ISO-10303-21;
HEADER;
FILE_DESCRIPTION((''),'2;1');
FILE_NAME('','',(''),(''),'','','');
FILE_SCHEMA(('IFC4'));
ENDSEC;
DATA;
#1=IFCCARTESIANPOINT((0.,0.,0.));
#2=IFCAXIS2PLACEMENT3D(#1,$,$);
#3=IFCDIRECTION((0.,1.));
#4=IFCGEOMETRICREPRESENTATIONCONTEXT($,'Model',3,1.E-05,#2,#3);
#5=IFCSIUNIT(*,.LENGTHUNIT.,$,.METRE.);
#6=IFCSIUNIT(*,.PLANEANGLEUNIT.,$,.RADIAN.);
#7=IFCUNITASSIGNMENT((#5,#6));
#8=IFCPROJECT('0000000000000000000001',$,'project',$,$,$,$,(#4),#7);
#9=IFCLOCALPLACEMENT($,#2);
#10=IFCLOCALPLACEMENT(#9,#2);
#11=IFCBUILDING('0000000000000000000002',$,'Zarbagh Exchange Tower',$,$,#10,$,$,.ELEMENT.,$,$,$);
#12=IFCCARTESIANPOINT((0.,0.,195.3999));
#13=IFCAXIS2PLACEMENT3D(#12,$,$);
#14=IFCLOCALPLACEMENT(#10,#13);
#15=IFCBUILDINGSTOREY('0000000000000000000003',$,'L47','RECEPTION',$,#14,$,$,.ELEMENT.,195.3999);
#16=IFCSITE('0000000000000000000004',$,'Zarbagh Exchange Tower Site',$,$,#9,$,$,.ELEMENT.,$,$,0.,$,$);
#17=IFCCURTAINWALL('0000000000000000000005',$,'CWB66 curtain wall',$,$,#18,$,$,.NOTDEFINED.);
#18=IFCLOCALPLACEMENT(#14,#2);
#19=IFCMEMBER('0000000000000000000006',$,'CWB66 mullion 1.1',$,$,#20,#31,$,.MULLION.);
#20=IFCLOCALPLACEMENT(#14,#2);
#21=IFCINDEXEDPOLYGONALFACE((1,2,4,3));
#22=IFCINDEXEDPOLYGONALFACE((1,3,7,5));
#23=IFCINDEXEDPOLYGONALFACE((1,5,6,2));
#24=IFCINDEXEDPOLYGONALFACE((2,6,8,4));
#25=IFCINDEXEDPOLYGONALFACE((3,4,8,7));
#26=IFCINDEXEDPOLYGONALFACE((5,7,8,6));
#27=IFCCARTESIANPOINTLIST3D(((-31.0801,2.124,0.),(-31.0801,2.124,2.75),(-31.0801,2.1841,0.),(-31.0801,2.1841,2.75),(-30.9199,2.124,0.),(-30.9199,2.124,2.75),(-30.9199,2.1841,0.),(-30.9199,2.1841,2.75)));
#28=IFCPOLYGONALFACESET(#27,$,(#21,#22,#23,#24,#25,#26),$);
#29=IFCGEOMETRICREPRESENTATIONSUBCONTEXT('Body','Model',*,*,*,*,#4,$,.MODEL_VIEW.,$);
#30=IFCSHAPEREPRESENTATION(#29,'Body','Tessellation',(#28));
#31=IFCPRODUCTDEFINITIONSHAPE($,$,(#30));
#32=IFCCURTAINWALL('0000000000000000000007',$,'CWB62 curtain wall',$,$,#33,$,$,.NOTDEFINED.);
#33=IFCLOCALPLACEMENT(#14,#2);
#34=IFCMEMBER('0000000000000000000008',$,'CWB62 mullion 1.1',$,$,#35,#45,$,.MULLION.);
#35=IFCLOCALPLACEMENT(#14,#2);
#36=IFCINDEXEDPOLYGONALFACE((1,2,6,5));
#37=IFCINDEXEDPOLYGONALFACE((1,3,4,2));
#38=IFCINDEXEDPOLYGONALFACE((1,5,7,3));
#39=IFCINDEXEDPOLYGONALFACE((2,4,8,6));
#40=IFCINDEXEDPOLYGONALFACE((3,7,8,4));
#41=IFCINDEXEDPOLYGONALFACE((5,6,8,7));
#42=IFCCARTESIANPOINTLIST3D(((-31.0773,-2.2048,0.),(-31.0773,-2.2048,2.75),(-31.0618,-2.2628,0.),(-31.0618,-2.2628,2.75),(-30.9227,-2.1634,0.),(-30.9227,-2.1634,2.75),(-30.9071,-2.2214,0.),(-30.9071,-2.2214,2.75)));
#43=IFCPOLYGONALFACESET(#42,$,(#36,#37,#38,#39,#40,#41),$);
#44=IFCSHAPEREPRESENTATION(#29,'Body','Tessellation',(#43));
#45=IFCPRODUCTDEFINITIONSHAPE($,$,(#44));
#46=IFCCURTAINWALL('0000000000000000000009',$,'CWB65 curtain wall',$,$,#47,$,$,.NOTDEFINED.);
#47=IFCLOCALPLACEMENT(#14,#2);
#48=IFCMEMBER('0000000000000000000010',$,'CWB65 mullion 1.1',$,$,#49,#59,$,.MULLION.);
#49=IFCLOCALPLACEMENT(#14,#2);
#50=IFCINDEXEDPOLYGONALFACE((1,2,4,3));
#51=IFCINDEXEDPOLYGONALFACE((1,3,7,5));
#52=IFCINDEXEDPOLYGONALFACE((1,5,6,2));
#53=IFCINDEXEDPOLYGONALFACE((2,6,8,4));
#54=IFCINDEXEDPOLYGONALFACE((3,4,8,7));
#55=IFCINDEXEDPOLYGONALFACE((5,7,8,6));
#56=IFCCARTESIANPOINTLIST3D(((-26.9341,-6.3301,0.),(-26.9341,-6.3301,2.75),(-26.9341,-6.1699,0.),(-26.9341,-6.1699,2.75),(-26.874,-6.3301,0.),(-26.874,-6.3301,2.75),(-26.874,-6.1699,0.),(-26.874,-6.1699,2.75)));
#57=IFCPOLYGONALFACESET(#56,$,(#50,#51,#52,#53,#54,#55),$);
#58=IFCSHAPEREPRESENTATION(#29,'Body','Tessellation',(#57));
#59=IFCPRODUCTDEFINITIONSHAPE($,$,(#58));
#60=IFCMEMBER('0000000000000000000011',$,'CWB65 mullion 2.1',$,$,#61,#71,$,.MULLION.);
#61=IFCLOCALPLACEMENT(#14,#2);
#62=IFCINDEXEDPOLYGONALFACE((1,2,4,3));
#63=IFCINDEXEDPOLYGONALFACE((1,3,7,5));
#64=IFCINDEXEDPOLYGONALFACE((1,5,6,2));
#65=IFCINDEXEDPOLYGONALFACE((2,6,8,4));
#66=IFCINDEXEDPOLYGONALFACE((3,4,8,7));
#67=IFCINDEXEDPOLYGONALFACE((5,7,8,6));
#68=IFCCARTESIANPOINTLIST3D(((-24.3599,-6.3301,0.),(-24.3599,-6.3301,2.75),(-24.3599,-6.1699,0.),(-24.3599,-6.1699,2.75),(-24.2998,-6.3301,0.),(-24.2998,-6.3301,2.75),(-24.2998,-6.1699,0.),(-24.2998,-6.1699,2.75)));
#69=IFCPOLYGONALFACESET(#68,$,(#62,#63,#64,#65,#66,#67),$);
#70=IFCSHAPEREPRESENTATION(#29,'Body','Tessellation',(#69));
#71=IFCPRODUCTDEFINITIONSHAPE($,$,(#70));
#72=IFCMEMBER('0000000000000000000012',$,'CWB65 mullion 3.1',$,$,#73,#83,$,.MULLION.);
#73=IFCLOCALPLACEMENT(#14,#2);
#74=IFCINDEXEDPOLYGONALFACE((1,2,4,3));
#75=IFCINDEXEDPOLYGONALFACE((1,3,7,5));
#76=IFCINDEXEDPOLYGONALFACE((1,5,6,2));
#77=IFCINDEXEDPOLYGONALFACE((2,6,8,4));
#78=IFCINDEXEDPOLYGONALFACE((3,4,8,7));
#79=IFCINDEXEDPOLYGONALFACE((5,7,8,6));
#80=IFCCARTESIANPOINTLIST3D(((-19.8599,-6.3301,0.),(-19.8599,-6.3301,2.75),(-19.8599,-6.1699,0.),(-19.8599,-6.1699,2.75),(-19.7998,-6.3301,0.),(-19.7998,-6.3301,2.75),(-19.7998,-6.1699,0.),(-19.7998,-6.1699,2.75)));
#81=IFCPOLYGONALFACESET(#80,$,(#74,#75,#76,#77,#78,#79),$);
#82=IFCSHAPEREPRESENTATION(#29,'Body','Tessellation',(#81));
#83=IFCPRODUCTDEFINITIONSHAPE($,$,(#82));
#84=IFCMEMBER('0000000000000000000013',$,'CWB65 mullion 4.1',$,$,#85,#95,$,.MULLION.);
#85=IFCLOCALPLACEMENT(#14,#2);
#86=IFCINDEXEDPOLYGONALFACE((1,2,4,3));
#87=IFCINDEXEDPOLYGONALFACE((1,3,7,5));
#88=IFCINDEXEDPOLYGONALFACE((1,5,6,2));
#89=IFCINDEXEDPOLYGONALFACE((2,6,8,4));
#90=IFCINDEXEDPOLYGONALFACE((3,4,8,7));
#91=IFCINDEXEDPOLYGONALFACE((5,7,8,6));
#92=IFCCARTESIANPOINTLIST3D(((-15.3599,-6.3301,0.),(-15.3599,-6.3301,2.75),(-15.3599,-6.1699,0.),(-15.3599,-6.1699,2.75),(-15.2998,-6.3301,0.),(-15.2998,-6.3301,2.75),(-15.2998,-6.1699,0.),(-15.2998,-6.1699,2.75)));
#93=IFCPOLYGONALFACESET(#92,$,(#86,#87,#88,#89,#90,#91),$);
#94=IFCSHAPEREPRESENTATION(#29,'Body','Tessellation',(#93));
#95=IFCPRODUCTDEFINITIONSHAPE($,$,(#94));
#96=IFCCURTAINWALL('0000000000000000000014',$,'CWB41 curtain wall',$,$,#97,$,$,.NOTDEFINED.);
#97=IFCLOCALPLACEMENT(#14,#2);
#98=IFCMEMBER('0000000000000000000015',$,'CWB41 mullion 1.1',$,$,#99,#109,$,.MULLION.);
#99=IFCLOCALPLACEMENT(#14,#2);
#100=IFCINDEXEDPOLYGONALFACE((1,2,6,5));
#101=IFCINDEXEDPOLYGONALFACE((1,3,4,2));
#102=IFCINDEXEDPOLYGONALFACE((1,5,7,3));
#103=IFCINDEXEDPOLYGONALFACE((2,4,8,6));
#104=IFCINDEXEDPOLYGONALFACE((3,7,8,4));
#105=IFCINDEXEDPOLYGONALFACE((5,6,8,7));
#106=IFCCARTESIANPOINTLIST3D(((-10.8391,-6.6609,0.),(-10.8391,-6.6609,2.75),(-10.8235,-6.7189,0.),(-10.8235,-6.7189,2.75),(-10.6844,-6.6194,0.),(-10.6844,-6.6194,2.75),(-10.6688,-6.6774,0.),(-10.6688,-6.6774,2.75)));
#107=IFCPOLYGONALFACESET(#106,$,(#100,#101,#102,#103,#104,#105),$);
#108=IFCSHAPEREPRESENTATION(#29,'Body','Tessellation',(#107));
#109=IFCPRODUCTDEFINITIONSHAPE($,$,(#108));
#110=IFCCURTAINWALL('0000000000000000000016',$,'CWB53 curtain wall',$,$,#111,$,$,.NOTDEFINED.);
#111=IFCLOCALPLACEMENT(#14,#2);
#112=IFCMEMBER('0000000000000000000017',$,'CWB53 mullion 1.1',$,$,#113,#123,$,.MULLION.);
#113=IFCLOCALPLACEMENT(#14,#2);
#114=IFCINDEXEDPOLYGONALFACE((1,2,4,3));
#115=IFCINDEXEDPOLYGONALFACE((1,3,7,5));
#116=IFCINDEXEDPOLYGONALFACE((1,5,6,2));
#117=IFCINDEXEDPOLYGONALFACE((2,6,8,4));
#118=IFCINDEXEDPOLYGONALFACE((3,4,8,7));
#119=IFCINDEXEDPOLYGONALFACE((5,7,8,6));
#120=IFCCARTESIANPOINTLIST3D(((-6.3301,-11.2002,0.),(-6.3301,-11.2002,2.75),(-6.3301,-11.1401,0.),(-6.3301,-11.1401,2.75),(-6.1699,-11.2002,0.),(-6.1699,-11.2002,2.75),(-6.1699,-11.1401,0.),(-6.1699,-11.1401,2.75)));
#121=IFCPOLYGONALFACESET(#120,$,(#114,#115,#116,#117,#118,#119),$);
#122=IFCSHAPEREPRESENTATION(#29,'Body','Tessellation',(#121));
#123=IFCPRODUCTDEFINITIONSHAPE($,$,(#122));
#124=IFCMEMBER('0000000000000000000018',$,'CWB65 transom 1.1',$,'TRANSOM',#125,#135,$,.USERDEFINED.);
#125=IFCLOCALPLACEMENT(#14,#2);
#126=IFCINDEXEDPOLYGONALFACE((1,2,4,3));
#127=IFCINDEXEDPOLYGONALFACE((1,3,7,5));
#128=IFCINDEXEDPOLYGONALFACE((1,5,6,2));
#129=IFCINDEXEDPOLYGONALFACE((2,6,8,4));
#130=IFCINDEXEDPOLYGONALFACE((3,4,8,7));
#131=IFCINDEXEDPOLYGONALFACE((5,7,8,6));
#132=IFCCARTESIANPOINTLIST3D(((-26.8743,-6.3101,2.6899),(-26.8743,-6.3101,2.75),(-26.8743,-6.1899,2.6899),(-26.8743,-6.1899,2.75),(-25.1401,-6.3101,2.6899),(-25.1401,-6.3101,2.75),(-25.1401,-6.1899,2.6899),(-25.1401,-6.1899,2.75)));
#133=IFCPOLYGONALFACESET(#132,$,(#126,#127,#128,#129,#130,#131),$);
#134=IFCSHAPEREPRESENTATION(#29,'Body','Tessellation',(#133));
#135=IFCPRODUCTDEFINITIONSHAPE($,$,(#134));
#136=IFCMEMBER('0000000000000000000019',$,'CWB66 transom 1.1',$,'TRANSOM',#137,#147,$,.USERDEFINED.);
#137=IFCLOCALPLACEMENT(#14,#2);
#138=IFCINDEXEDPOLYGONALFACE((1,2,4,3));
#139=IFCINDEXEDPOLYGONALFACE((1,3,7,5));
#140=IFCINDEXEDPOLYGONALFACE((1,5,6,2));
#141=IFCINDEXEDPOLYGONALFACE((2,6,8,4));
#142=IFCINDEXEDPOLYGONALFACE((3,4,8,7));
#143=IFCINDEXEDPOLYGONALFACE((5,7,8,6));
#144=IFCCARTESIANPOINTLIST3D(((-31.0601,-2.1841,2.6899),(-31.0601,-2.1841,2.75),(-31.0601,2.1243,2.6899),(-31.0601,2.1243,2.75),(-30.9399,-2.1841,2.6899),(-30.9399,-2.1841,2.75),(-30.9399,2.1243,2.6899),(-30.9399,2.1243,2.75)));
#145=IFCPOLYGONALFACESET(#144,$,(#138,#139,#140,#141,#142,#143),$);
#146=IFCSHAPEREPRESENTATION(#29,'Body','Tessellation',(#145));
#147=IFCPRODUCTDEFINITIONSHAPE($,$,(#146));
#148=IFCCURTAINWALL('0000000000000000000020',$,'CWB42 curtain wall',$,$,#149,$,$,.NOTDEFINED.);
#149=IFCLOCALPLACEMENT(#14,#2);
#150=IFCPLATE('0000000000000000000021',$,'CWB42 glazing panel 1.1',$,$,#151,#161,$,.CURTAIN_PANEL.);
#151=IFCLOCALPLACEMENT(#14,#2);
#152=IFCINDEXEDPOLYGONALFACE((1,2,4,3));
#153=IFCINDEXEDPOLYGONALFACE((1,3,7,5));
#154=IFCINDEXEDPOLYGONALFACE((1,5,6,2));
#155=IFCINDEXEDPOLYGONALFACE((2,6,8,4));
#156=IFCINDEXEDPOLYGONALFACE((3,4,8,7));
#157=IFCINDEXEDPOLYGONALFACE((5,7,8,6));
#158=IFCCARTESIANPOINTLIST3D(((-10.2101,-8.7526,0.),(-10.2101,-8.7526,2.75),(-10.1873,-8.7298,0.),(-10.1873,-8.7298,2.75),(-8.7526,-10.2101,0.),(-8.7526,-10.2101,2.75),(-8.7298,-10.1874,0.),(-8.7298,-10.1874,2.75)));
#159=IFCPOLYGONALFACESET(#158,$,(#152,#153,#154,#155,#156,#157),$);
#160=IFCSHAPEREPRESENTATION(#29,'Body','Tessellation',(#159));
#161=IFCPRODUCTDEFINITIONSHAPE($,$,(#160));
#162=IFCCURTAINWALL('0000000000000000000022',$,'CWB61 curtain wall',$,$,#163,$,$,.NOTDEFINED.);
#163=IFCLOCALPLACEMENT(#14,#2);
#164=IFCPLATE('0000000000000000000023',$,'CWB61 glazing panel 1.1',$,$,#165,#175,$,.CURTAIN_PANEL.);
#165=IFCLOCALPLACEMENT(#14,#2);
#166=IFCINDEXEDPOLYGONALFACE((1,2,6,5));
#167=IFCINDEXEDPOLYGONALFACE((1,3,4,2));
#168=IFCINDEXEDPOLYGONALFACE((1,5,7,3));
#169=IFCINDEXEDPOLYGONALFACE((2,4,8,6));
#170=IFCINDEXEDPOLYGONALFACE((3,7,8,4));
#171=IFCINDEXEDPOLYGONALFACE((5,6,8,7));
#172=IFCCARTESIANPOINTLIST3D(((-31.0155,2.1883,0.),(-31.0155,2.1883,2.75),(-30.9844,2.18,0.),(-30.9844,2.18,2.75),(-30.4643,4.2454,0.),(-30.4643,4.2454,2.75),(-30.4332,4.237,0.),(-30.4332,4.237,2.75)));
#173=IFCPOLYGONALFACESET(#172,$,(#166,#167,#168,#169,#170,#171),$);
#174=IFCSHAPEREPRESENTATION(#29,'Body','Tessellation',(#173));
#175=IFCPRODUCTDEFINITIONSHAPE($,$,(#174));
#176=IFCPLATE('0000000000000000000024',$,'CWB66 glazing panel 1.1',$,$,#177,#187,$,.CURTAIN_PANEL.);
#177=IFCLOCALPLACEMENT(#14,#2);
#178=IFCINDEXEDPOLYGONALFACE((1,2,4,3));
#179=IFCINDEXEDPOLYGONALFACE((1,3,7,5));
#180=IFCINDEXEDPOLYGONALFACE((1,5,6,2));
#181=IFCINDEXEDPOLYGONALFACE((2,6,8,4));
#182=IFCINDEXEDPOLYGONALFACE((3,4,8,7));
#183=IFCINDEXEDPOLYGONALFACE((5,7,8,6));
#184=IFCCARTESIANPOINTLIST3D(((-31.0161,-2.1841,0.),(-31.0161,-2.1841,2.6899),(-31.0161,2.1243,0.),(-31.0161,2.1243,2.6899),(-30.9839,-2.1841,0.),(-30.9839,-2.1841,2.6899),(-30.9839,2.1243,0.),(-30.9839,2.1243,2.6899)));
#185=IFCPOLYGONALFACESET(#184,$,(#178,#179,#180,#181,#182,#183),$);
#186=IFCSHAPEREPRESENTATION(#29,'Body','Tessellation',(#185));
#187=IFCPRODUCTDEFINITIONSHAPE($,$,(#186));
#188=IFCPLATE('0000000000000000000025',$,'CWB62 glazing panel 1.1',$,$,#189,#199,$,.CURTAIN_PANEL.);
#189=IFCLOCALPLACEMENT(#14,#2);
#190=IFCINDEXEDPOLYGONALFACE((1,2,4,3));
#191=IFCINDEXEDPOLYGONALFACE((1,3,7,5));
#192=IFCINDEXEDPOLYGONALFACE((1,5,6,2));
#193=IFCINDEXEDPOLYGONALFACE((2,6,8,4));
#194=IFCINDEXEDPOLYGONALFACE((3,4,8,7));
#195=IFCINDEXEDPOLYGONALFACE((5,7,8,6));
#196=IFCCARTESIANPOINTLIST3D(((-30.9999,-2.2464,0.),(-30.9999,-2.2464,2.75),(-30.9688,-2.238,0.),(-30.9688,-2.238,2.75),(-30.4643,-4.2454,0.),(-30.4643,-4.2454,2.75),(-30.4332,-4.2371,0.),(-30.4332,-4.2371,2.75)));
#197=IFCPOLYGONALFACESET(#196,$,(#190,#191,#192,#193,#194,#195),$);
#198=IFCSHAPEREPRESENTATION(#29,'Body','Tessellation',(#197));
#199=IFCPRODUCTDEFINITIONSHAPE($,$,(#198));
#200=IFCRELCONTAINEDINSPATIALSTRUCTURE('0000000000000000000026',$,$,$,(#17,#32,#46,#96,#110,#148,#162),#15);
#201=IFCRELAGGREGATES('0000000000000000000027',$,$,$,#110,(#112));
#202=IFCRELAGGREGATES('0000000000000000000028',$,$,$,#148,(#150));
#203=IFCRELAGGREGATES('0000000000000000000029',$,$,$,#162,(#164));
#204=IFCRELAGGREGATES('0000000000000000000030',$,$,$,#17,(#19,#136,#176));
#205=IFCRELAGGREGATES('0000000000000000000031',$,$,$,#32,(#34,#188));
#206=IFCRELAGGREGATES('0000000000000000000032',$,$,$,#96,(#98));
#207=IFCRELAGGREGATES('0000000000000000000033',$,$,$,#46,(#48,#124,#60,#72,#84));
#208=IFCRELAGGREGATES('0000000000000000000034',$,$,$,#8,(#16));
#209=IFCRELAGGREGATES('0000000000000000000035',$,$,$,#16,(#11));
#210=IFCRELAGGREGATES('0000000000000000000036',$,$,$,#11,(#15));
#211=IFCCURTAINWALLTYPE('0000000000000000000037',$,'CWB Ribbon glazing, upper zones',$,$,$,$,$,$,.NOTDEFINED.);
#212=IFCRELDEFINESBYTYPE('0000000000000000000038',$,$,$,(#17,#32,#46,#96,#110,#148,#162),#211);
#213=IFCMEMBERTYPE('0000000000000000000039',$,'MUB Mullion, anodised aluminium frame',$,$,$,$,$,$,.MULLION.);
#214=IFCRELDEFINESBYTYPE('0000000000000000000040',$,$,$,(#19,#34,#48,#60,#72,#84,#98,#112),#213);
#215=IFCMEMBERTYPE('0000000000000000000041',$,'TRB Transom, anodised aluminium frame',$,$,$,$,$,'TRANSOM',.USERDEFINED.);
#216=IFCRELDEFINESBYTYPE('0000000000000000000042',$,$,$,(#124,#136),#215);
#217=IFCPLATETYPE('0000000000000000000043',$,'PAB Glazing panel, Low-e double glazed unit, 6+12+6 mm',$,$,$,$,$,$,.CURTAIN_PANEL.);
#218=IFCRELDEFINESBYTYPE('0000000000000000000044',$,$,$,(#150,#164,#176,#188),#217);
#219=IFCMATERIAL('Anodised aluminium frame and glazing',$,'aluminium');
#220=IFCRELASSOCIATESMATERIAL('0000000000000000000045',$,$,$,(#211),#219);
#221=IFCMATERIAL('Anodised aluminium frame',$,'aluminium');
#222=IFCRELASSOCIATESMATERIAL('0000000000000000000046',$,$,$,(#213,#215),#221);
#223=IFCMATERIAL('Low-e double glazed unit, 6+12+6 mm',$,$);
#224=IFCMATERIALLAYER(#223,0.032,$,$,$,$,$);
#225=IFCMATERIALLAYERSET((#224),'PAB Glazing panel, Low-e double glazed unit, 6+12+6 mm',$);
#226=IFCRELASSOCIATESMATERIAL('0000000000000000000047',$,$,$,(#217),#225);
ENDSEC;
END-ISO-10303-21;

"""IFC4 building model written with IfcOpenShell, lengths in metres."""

from ifc_helpers import new_model, si_unit, direction, frame, origin, place, context, subcontext, project, spatial, polyline, outline, extrude, source, transform, mapped, material, layer, layer_set, type_object, element, aggregate, save


model = new_model("IFC4")

# Units and contexts
model_context = context("Model", 3, precision=1e-05, world=origin(), true_north=direction((0.0, 1.0)))
body_context = subcontext(model_context, "Body", "Model", "MODEL_VIEW")
ifc_project = project(units=[si_unit("LENGTHUNIT", "METRE"), si_unit("PLANEANGLEUNIT", "RADIAN")], contexts=[model_context])

# Site, building, storey
site_placement = place(None, origin())
site = spatial("IfcSite", under=ifc_project, at=site_placement, Name="Zarbagh Exchange Tower Site", CompositionType="ELEMENT", RefElevation=0.0)
building_placement = place(site_placement, origin())
building = spatial("IfcBuilding", under=site, at=building_placement, Name="Zarbagh Exchange Tower", CompositionType="ELEMENT")
storey_placement = place(building_placement, frame((0.0, 0.0, 195.3999)))
storey = spatial("IfcBuildingStorey", under=building, at=storey_placement, Name="L47", Description="RECEPTION", CompositionType="ELEMENT", Elevation=195.3999)

# Curtain walls, members
ifc_material_1 = material(Name="Anodised aluminium frame and glazing", Category="aluminium")
curtain_wall_type = type_object("IfcCurtainWallType", Name="CWB Ribbon glazing, upper zones", PredefinedType="NOTDEFINED", material=ifc_material_1)
curtain_wall_1_placement = place(storey_placement, origin())
curtain_wall_1 = element("IfcCurtainWall", 1, at=curtain_wall_1_placement, inside=storey, type_object=curtain_wall_type, Name="CWB66 curtain wall", PredefinedType="NOTDEFINED")
ifc_material_2 = material(Name="Anodised aluminium frame", Category="aluminium")
member_type_1 = type_object("IfcMemberType", Name="MUB Mullion, anodised aluminium frame", PredefinedType="MULLION", material=ifc_material_2)
shared_shape_1 = source(origin(), body_context, "Body", "SweptSolid", [
    extrude(outline(polyline([(0.0, -0.0801), (0.0601, -0.0801), (0.0601, 0.0801), (0.0, 0.0801), (0.0, -0.0801)])), origin(), (0.0, 0.0, 1.0), 2.75),
])
placement = place(storey_placement, origin())
member_1 = element("IfcMember", 2, at=placement, type_object=member_type_1, Name="CWB66 mullion 1.1", PredefinedType="MULLION", context=body_context, shape_type="MappedRepresentation", body=[
    mapped(shared_shape_1, transform((-31.0, 2.1841, 0.0), x_axis=(0.0, -1.0, 0.0), y_axis=(1.0, 0.0, 0.0), z_axis=(0.0, 0.0, 1.0))),
])
curtain_wall_2_placement = place(storey_placement, origin())
curtain_wall_2 = element("IfcCurtainWall", 3, at=curtain_wall_2_placement, inside=storey, type_object=curtain_wall_type, Name="CWB62 curtain wall", PredefinedType="NOTDEFINED")
member_2 = element("IfcMember", 4, at=placement, type_object=member_type_1, Name="CWB62 mullion 1.1", PredefinedType="MULLION", context=body_context, shape_type="MappedRepresentation", body=[
    mapped(shared_shape_1, transform((-31.0, -2.1841, 0.0), x_axis=(0.258825, -0.965924, 0.0), y_axis=(0.965924, 0.258825, 0.0), z_axis=(0.0, 0.0, 1.0))),
])

# Curtain wall, members
curtain_wall_3_placement = place(storey_placement, origin())
curtain_wall_3 = element("IfcCurtainWall", 5, at=curtain_wall_3_placement, inside=storey, type_object=curtain_wall_type, Name="CWB65 curtain wall", PredefinedType="NOTDEFINED")
member_3 = element("IfcMember", 6, at=placement, type_object=member_type_1, Name="CWB65 mullion 1.1", PredefinedType="MULLION", context=body_context, shape_type="MappedRepresentation", body=[
    mapped(shared_shape_1, transform((-26.9341, -6.25, 0.0), x_axis=(1.0, 0.0, 0.0), y_axis=(0.0, 1.0, 0.0), z_axis=(0.0, 0.0, 1.0))),
])
member_4 = element("IfcMember", 7, at=placement, type_object=member_type_1, Name="CWB65 mullion 2.1", PredefinedType="MULLION", context=body_context, shape_type="MappedRepresentation", body=[
    mapped(shared_shape_1, transform((-24.3599, -6.25, 0.0), x_axis=(1.0, 0.0, 0.0), y_axis=(0.0, 1.0, 0.0), z_axis=(0.0, 0.0, 1.0))),
])
member_5 = element("IfcMember", 8, at=placement, type_object=member_type_1, Name="CWB65 mullion 3.1", PredefinedType="MULLION", context=body_context, shape_type="MappedRepresentation", body=[
    mapped(shared_shape_1, transform((-19.8599, -6.25, 0.0), x_axis=(1.0, 0.0, 0.0), y_axis=(0.0, 1.0, 0.0), z_axis=(0.0, 0.0, 1.0))),
])
member_6 = element("IfcMember", 9, at=placement, type_object=member_type_1, Name="CWB65 mullion 4.1", PredefinedType="MULLION", context=body_context, shape_type="MappedRepresentation", body=[
    mapped(shared_shape_1, transform((-15.3599, -6.25, 0.0), x_axis=(1.0, 0.0, 0.0), y_axis=(0.0, 1.0, 0.0), z_axis=(0.0, 0.0, 1.0))),
])

# Curtain walls, members
curtain_wall_4_placement = place(storey_placement, origin())
curtain_wall_4 = element("IfcCurtainWall", 10, at=curtain_wall_4_placement, inside=storey, type_object=curtain_wall_type, Name="CWB41 curtain wall", PredefinedType="NOTDEFINED")
member_7 = element("IfcMember", 11, at=placement, type_object=member_type_1, Name="CWB41 mullion 1.1", PredefinedType="MULLION", context=body_context, shape_type="MappedRepresentation", body=[
    mapped(shared_shape_1, transform((-10.7617, -6.6401, 0.0), x_axis=(0.258825, -0.965924, 0.0), y_axis=(0.965924, 0.258825, 0.0), z_axis=(0.0, 0.0, 1.0))),
])
curtain_wall_5_placement = place(storey_placement, origin())
curtain_wall_5 = element("IfcCurtainWall", 12, at=curtain_wall_5_placement, inside=storey, type_object=curtain_wall_type, Name="CWB53 curtain wall", PredefinedType="NOTDEFINED")
member_8 = element("IfcMember", 13, at=placement, type_object=member_type_1, Name="CWB53 mullion 1.1", PredefinedType="MULLION", context=body_context, shape_type="MappedRepresentation", body=[
    mapped(shared_shape_1, transform((-6.25, -11.1401, 0.0), x_axis=(0.0, -1.0, 0.0), y_axis=(1.0, 0.0, 0.0), z_axis=(0.0, 0.0, 1.0))),
])
aggregate(curtain_wall_5, [member_8])

# Members
member_type_2 = type_object("IfcMemberType", Name="TRB Transom, anodised aluminium frame", ElementType="TRANSOM", PredefinedType="USERDEFINED", material=ifc_material_2)
shared_shape_2 = source(origin(), body_context, "Body", "SweptSolid", [
    extrude(outline(polyline([(-0.0601, -0.0601), (0.0, -0.0601), (0.0, 0.0601), (-0.0601, 0.0601), (-0.0601, -0.0601)])), origin(), (0.0, 0.0, 1.0), 1.7341),
])
member_9 = element("IfcMember", 14, at=placement, type_object=member_type_2, Name="CWB65 transom 1.1", ObjectType="TRANSOM", PredefinedType="USERDEFINED", context=body_context, shape_type="MappedRepresentation", body=[
    mapped(shared_shape_2, transform((-26.8743, -6.25, 2.75), x_axis=(0.0, 0.0, 1.0), y_axis=(0.0, -1.0, 0.0), z_axis=(1.0, 0.0, 0.0))),
])
shared_shape_3 = source(origin(), body_context, "Body", "SweptSolid", [
    extrude(outline(polyline([(-0.0601, -0.0601), (0.0, -0.0601), (0.0, 0.0601), (-0.0601, 0.0601), (-0.0601, -0.0601)])), origin(), (0.0, 0.0, 1.0), 4.3083),
])
member_10 = element("IfcMember", 15, at=placement, type_object=member_type_2, Name="CWB66 transom 1.1", ObjectType="TRANSOM", PredefinedType="USERDEFINED", context=body_context, shape_type="MappedRepresentation", body=[
    mapped(shared_shape_3, transform((-31.0, 2.1243, 2.75), x_axis=(0.0, 0.0, 1.0), y_axis=(-1.0, 0.0, 0.0), z_axis=(0.0, -1.0, 0.0))),
])

# Curtain walls, plates
curtain_wall_6_placement = place(storey_placement, origin())
curtain_wall_6 = element("IfcCurtainWall", 16, at=curtain_wall_6_placement, inside=storey, type_object=curtain_wall_type, Name="CWB42 curtain wall", PredefinedType="NOTDEFINED")
ifc_material_3 = material(Name="Low-e double glazed unit, 6+12+6 mm")
ifc_layer = layer(ifc_material_3, 0.032)
ifc_layer_set = layer_set([ifc_layer], Name="PAB Glazing panel, Low-e double glazed unit, 6+12+6 mm")
plate_type = type_object("IfcPlateType", Name="PAB Glazing panel, Low-e double glazed unit, 6+12+6 mm", PredefinedType="CURTAIN_PANEL", material=ifc_layer_set)
shared_shape_4 = source(origin(), body_context, "Body", "SweptSolid", [
    extrude(outline(polyline([(0.0, -0.0161), (2.0613, -0.0161), (2.0613, 0.0161), (0.0, 0.0161), (0.0, -0.0161)])), origin(), (0.0, 0.0, 1.0), 2.75),
])
plate_1 = element("IfcPlate", 17, at=placement, type_object=plate_type, Name="CWB42 glazing panel 1.1", PredefinedType="CURTAIN_PANEL", context=body_context, shape_type="MappedRepresentation", body=[
    mapped(shared_shape_4, transform((-10.1987, -8.7412, 0.0), x_axis=(0.707107, -0.707107, 0.0), y_axis=(0.707107, 0.707107, 0.0), z_axis=(0.0, 0.0, 1.0))),
])
aggregate(curtain_wall_6, [plate_1])
curtain_wall_7_placement = place(storey_placement, origin())
curtain_wall_7 = element("IfcCurtainWall", 18, at=curtain_wall_7_placement, inside=storey, type_object=curtain_wall_type, Name="CWB61 curtain wall", PredefinedType="NOTDEFINED")
shared_shape_5 = source(origin(), body_context, "Body", "SweptSolid", [
    extrude(outline(polyline([(0.0, -0.0161), (2.1296, -0.0161), (2.1296, 0.0161), (0.0, 0.0161), (0.0, -0.0161)])), origin(), (0.0, 0.0, 1.0), 2.75),
])
plate_2 = element("IfcPlate", 19, at=placement, type_object=plate_type, Name="CWB61 glazing panel 1.1", PredefinedType="CURTAIN_PANEL", context=body_context, shape_type="MappedRepresentation", body=[
    mapped(shared_shape_5, transform((-30.4487, 4.2412, 0.0), x_axis=(-0.258825, -0.965924, 0.0), y_axis=(0.965924, -0.258825, 0.0), z_axis=(0.0, 0.0, 1.0))),
])
aggregate(curtain_wall_7, [plate_2])

# Plates
shared_shape_6 = source(origin(), body_context, "Body", "SweptSolid", [
    extrude(outline(polyline([(0.0, -0.0161), (4.3083, -0.0161), (4.3083, 0.0161), (0.0, 0.0161), (0.0, -0.0161)])), origin(), (0.0, 0.0, 1.0), 2.6899),
])
plate_3 = element("IfcPlate", 20, at=placement, type_object=plate_type, Name="CWB66 glazing panel 1.1", PredefinedType="CURTAIN_PANEL", context=body_context, shape_type="MappedRepresentation", body=[
    mapped(shared_shape_6, transform((-31.0, 2.1243, 0.0), x_axis=(0.0, -1.0, 0.0), y_axis=(1.0, 0.0, 0.0), z_axis=(0.0, 0.0, 1.0))),
])
aggregate(curtain_wall_1, [member_1, member_10, plate_3])
shared_shape_7 = source(origin(), body_context, "Body", "SweptSolid", [
    extrude(outline(polyline([(0.0, -0.0161), (2.0696, -0.0161), (2.0696, 0.0161), (0.0, 0.0161), (0.0, -0.0161)])), origin(), (0.0, 0.0, 1.0), 2.75),
])
plate_4 = element("IfcPlate", 21, at=placement, type_object=plate_type, Name="CWB62 glazing panel 1.1", PredefinedType="CURTAIN_PANEL", context=body_context, shape_type="MappedRepresentation", body=[
    mapped(shared_shape_7, transform((-30.9844, -2.2422, 0.0), x_axis=(0.258825, -0.965924, 0.0), y_axis=(0.965924, 0.258825, 0.0), z_axis=(0.0, 0.0, 1.0))),
])
aggregate(curtain_wall_2, [member_2, plate_4])
aggregate(curtain_wall_4, [member_7])

aggregate(curtain_wall_3, [member_3, member_9, member_4, member_5, member_6])

save(model, "model.ifc")
